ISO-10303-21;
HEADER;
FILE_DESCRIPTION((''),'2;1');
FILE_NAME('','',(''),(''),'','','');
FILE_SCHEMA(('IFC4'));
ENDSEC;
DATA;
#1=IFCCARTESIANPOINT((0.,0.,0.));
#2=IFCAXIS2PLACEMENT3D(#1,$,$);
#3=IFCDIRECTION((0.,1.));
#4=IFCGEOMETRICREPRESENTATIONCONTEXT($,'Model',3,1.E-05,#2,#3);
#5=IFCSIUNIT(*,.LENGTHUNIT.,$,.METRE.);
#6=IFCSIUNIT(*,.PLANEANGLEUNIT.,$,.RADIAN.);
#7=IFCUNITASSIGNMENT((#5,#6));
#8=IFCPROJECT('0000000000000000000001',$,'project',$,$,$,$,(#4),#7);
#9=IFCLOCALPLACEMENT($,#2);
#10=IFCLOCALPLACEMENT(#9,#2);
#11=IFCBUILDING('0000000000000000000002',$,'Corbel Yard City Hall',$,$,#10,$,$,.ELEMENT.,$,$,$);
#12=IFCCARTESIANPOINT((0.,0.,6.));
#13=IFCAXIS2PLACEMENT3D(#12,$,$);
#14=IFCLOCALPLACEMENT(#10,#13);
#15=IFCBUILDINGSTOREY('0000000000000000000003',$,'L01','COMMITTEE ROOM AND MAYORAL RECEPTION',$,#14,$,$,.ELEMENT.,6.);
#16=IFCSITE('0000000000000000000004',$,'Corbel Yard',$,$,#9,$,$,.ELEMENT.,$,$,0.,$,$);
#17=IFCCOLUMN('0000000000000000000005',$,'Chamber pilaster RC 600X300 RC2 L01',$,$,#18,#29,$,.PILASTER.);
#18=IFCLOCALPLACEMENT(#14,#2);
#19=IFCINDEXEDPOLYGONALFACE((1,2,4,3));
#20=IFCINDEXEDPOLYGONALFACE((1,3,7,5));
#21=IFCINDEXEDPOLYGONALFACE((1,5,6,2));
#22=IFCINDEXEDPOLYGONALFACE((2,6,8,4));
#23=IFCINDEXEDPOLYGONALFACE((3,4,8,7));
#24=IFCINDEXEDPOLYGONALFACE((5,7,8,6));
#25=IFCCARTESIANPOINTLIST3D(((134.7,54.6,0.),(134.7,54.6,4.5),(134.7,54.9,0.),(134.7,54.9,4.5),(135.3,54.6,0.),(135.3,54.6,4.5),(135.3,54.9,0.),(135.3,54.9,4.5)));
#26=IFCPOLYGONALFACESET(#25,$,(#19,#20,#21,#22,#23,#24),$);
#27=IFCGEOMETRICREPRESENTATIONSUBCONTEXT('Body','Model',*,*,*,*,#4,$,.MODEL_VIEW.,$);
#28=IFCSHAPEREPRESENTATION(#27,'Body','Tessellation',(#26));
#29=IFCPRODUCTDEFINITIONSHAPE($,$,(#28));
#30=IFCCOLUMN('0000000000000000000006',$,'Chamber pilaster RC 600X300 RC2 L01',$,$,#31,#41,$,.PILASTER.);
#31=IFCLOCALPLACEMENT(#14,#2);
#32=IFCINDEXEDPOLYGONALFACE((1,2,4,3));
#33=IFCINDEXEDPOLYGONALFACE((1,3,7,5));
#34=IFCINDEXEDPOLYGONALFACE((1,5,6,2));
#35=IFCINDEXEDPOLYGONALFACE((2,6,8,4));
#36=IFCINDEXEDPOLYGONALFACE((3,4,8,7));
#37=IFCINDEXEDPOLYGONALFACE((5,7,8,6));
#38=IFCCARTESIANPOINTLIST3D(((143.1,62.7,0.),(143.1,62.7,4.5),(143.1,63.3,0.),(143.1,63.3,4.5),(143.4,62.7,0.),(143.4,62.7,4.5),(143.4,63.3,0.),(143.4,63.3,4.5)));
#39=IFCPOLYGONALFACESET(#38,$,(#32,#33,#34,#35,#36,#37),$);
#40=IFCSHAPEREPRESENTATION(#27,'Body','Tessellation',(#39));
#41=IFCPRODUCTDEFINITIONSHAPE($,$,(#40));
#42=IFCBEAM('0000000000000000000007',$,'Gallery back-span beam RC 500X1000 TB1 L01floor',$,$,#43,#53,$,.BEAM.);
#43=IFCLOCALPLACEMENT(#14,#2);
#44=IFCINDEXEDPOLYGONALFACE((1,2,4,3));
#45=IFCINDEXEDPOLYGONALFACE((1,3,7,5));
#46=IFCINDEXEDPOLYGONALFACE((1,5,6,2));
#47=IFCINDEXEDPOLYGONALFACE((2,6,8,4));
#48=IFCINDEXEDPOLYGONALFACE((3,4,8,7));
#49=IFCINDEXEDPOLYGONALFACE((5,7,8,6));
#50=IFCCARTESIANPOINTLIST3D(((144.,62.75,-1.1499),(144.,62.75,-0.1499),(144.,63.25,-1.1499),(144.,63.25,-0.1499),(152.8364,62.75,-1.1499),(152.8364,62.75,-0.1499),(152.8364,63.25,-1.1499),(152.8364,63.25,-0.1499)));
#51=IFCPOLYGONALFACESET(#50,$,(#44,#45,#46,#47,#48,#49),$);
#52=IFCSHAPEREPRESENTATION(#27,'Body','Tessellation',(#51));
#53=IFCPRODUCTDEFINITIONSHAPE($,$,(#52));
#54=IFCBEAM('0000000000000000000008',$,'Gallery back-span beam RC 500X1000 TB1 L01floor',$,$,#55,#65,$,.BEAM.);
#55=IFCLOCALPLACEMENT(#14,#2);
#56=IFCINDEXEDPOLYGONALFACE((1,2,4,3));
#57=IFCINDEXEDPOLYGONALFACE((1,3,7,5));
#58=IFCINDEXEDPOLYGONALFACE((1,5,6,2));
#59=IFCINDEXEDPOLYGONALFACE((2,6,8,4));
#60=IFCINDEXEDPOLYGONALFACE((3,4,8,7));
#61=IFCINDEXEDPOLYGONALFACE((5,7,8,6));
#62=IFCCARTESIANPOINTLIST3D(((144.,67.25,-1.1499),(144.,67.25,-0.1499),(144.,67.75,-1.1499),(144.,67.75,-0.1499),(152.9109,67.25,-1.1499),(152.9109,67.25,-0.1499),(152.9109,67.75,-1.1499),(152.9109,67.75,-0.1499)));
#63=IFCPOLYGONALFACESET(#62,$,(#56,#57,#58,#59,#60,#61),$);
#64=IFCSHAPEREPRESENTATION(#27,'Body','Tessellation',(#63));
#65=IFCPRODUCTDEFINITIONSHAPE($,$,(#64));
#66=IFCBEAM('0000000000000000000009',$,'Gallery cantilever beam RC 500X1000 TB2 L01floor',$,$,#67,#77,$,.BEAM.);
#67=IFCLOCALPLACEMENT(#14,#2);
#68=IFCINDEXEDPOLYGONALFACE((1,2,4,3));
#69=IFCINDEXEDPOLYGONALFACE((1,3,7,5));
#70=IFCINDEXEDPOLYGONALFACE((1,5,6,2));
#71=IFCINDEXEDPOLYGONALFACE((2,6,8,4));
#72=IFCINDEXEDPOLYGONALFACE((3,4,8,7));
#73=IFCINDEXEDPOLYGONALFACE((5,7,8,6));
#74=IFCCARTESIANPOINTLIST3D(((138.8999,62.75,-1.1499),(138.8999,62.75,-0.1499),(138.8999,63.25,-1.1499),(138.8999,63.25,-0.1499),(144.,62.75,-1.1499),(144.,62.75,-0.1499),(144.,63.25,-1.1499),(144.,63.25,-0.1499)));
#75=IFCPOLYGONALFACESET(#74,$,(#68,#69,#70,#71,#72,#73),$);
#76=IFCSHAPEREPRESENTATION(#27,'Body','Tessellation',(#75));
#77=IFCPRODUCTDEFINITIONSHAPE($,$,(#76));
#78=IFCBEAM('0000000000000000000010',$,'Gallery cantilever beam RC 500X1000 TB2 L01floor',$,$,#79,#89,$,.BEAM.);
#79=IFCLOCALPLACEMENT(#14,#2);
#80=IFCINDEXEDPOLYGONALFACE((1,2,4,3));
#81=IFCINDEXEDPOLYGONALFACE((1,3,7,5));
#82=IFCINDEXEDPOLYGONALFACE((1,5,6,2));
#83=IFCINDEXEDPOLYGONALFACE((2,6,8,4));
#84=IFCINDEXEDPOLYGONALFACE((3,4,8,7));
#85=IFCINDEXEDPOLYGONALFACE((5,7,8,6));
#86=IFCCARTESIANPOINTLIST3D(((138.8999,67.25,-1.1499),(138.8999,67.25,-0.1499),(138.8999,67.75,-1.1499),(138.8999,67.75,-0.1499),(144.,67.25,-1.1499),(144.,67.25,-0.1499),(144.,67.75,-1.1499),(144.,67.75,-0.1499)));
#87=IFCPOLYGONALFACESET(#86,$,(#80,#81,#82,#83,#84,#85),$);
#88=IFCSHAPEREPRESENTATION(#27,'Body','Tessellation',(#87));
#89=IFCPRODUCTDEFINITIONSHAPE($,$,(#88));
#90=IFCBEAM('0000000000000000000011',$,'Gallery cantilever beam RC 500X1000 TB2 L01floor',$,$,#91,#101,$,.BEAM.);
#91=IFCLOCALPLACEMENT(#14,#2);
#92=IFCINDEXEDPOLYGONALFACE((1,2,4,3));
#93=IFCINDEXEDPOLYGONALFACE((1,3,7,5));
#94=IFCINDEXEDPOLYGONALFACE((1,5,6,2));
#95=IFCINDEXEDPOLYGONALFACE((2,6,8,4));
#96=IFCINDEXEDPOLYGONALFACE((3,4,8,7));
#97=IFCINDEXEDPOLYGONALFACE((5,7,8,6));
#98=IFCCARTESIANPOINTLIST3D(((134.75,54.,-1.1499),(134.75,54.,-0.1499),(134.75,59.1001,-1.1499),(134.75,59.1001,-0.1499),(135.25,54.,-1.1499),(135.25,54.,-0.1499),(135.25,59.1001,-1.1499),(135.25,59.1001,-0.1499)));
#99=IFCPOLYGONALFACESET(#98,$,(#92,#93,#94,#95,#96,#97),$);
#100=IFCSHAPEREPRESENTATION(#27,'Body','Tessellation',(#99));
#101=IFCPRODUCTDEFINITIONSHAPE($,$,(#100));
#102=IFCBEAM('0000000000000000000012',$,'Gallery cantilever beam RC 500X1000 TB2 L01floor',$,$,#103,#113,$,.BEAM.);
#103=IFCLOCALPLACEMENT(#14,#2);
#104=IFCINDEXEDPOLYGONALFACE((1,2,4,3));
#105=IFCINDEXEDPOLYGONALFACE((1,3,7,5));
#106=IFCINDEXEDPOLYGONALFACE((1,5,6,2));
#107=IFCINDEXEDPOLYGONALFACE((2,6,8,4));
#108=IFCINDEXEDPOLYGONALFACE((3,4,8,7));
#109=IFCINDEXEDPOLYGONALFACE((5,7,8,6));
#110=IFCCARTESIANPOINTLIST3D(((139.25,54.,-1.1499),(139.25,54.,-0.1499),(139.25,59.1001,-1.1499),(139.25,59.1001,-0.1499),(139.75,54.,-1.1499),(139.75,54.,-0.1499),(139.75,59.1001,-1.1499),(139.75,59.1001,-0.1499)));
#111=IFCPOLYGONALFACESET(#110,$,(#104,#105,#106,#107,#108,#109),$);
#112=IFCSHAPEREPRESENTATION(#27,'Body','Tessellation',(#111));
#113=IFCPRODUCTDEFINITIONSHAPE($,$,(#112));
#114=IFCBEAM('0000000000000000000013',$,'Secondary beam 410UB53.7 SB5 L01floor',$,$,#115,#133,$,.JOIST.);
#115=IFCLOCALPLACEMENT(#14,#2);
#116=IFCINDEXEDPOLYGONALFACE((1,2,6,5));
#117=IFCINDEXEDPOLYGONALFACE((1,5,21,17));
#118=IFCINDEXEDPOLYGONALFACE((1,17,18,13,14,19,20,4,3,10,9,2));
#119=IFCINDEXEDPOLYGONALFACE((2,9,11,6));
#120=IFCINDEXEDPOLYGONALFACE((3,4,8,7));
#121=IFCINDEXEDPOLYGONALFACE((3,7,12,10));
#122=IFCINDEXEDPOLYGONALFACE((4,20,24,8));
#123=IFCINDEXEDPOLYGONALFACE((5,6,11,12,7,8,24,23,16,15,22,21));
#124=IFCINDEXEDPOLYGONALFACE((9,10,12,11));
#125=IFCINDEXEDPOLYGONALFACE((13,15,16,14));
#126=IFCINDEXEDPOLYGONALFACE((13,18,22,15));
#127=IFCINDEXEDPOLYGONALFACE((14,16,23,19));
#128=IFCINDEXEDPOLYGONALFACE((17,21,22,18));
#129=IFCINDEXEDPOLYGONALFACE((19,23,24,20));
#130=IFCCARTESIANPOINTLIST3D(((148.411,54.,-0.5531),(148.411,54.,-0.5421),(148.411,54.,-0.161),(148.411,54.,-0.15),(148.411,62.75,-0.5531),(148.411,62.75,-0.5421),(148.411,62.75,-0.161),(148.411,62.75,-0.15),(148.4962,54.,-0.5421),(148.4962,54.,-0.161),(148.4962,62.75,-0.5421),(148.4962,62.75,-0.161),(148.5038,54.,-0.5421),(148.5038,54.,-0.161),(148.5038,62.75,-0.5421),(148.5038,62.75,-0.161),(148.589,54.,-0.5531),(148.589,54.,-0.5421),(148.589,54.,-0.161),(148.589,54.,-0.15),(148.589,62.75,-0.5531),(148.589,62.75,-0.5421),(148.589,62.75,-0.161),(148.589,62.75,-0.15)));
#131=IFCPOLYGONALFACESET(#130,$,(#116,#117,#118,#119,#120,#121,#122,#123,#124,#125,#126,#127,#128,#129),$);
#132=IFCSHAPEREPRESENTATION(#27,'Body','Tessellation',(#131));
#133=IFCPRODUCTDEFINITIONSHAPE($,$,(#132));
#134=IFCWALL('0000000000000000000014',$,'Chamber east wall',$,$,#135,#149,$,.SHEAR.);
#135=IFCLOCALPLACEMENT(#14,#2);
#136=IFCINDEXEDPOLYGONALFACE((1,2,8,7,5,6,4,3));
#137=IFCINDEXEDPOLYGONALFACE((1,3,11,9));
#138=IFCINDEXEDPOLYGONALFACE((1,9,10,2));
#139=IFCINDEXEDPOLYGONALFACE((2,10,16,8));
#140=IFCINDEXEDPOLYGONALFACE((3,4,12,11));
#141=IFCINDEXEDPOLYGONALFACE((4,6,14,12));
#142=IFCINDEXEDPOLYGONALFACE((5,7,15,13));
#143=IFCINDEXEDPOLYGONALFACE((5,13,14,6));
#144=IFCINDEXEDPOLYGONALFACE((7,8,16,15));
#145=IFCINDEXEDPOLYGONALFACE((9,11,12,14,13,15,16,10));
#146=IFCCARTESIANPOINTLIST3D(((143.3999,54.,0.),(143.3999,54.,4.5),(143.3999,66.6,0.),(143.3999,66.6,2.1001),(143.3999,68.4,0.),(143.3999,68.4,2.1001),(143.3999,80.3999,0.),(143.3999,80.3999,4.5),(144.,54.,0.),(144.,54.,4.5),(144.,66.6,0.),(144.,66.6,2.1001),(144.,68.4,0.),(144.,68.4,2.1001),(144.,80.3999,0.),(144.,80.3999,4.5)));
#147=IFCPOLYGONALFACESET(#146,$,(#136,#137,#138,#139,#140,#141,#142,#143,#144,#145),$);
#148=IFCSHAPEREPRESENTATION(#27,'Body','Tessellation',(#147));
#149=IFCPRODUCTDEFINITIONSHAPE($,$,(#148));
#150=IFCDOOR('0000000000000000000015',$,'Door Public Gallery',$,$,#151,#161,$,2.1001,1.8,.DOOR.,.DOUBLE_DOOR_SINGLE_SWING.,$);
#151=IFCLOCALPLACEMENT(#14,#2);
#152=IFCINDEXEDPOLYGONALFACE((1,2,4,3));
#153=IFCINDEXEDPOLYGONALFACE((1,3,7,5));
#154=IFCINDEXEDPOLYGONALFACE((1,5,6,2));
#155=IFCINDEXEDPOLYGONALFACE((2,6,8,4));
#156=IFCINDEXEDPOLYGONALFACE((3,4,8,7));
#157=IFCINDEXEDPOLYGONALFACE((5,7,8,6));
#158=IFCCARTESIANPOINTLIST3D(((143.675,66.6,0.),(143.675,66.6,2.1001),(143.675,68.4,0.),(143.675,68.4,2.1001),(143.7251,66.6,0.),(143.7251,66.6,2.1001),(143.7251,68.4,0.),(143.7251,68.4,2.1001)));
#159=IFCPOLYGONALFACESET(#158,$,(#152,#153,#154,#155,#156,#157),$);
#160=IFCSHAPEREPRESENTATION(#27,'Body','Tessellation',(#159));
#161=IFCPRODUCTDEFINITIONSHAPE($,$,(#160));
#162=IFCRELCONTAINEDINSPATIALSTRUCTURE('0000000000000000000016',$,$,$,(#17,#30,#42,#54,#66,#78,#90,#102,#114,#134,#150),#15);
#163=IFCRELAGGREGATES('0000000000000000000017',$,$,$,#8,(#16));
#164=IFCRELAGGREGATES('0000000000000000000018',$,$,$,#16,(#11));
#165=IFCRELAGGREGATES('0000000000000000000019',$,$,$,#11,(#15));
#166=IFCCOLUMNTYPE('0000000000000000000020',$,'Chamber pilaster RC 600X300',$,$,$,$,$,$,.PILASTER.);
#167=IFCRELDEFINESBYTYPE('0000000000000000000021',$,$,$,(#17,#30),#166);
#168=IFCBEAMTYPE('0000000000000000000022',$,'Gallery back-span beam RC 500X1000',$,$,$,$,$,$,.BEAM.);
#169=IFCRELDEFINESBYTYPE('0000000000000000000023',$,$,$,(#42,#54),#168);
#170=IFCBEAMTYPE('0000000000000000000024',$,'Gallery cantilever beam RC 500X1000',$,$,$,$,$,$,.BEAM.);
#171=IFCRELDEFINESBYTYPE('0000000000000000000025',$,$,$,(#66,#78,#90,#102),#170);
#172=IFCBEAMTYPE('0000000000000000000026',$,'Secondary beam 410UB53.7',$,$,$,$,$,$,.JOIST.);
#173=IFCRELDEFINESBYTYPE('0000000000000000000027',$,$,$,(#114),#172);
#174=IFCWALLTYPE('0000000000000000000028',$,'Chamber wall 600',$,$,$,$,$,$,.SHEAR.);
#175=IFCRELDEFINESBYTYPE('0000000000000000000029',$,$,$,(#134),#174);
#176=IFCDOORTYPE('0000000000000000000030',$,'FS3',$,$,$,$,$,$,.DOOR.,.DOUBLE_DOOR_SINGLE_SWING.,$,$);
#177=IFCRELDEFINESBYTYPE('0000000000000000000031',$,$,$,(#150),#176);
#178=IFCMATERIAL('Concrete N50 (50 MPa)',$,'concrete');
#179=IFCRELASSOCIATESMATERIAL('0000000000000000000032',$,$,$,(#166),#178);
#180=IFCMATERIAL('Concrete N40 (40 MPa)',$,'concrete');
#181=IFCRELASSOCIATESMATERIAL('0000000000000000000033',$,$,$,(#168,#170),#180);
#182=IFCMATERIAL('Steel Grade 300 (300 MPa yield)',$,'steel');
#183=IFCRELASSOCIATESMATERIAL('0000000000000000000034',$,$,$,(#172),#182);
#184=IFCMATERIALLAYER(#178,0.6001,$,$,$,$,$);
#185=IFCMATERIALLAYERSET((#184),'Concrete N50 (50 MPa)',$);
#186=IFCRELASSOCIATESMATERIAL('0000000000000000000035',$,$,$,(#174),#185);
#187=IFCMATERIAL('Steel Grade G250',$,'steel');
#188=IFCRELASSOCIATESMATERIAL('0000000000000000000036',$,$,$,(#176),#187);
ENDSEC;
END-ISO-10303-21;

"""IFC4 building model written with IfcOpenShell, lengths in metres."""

from ifc_helpers import new_model, si_unit, direction, frame, frame_2d, origin, origin_2d, place, context, subcontext, project, spatial, rectangle, i_section, extrude, material, layer, layer_set, material_profile, profile_set, type_object, element, fill, save


model = new_model("IFC4")

# Units and contexts
model_context = context("Model", 3, precision=1e-05, world=origin(), true_north=direction((0.0, 1.0)))
body_context = subcontext(model_context, "Body", "Model", "MODEL_VIEW")
ifc_project = project(units=[si_unit("LENGTHUNIT", "METRE"), si_unit("PLANEANGLEUNIT", "RADIAN")], contexts=[model_context])

# Site, building, storey
site_placement = place(None, origin())
site = spatial("IfcSite", under=ifc_project, at=site_placement, Name="Corbel Yard", CompositionType="ELEMENT", RefElevation=0.0)
building_placement = place(site_placement, origin())
building = spatial("IfcBuilding", under=site, at=building_placement, Name="Corbel Yard City Hall", CompositionType="ELEMENT")
storey_placement = place(building_placement, frame((0.0, 0.0, 6.0)))
storey = spatial("IfcBuildingStorey", under=building, at=storey_placement, Name="L01", Description="COMMITTEE ROOM AND MAYORAL RECEPTION", CompositionType="ELEMENT", Elevation=6.0)

# Columns
ifc_material_1 = material(Name="Concrete N50 (50 MPa)", Category="concrete")
ifc_material_profile_1 = material_profile(ifc_material_1, rectangle(XDim=0.6001, YDim=0.3, at=origin_2d()), Name="600x300")
ifc_profile_set_1 = profile_set([ifc_material_profile_1], Name="Concrete N50 (50 MPa)")
column_type = type_object("IfcColumnType", Name="Chamber pilaster RC 600X300", PredefinedType="PILASTER", material=ifc_profile_set_1)
for number, where, z_axis, x_axis, name in (
    (1, (135.0, 54.75, 0.0), (0.0, 0.0, 1.0), (1.0, 0.0, 0.0), "Chamber pilaster RC 600X300 RC2 L01"),
    (2, (143.25, 63.0, 0.0), (0.0, 0.0, 1.0), (0.0, 1.0, 0.0), "Chamber pilaster RC 600X300 RC2 L01"),
):
    element("IfcColumn", number, at=place(storey_placement, frame(where, z_axis=z_axis, x_axis=x_axis)), inside=storey, type_object=column_type, Name=name, PredefinedType="PILASTER", context=body_context, shape_type="SweptSolid", body=[
        extrude(rectangle(XDim=0.6001, YDim=0.3, at=origin_2d()), origin(), (0.0, 0.0, 1.0), 4.5),
    ])

# Beams
ifc_material_2 = material(Name="Concrete N40 (40 MPa)", Category="concrete")
ifc_material_profile_2 = material_profile(ifc_material_2, rectangle(XDim=0.5, YDim=1.0, at=origin_2d()), Name="500x1000")
ifc_profile_set_2 = profile_set([ifc_material_profile_2], Name="Concrete N40 (40 MPa)")
beam_type_1 = type_object("IfcBeamType", Name="Gallery back-span beam RC 500X1000", PredefinedType="BEAM", material=ifc_profile_set_2)
beam_1_placement = place(storey_placement, frame((144.0, 63.0, -0.6499), z_axis=(1.0, 0.0, 0.0), x_axis=(0.0, 1.0, 0.0)))
element("IfcBeam", 3, at=beam_1_placement, inside=storey, type_object=beam_type_1, Name="Gallery back-span beam RC 500X1000 TB1 L01floor", PredefinedType="BEAM", context=body_context, shape_type="SweptSolid", body=[
    extrude(rectangle(XDim=0.5, YDim=1.0, at=origin_2d()), origin(), (0.0, 0.0, 1.0), 8.8364),
])
beam_2_placement = place(storey_placement, frame((144.0, 67.5, -0.6499), z_axis=(1.0, 0.0, 0.0), x_axis=(0.0, 1.0, 0.0)))
element("IfcBeam", 4, at=beam_2_placement, inside=storey, type_object=beam_type_1, Name="Gallery back-span beam RC 500X1000 TB1 L01floor", PredefinedType="BEAM", context=body_context, shape_type="SweptSolid", body=[
    extrude(rectangle(XDim=0.5, YDim=1.0, at=origin_2d()), origin(), (0.0, 0.0, 1.0), 8.9109),
])
ifc_material_profile_3 = material_profile(ifc_material_2, rectangle(XDim=0.5, YDim=1.0, at=origin_2d()), Name="500x1000")
ifc_profile_set_3 = profile_set([ifc_material_profile_3], Name="Concrete N40 (40 MPa)")
beam_type_2 = type_object("IfcBeamType", Name="Gallery cantilever beam RC 500X1000", PredefinedType="BEAM", material=ifc_profile_set_3)
for number, where, z_axis, x_axis, name in (
    (5, (138.8999, 63.0, -0.6499), (1.0, 0.0, 0.0), (0.0, 1.0, 0.0), "Gallery cantilever beam RC 500X1000 TB2 L01floor"),
    (6, (138.8999, 67.5, -0.6499), (1.0, 0.0, 0.0), (0.0, 1.0, 0.0), "Gallery cantilever beam RC 500X1000 TB2 L01floor"),
    (7, (135.0, 54.0, -0.6499), (0.0, 1.0, 0.0), (-1.0, 0.0, 0.0), "Gallery cantilever beam RC 500X1000 TB2 L01floor"),
    (8, (139.5, 54.0, -0.6499), (0.0, 1.0, 0.0), (-1.0, 0.0, 0.0), "Gallery cantilever beam RC 500X1000 TB2 L01floor"),
):
    element("IfcBeam", number, at=place(storey_placement, frame(where, z_axis=z_axis, x_axis=x_axis)), inside=storey, type_object=beam_type_2, Name=name, PredefinedType="BEAM", context=body_context, shape_type="SweptSolid", body=[
        extrude(rectangle(XDim=0.5, YDim=1.0, at=origin_2d()), origin(), (0.0, 0.0, 1.0), 5.1001),
    ])
ifc_material_3 = material(Name="Steel Grade 300 (300 MPa yield)", Category="steel")
ifc_material_profile_4 = material_profile(ifc_material_3, i_section(OverallWidth=0.178, OverallDepth=0.4031, WebThickness=0.0076, FlangeThickness=0.011, at=origin_2d()), Name="410UB53.7")
ifc_profile_set_4 = profile_set([ifc_material_profile_4], Name="Steel Grade 300 (300 MPa yield)")
beam_type_3 = type_object("IfcBeamType", Name="Secondary beam 410UB53.7", PredefinedType="JOIST", material=ifc_profile_set_4)
beam_3_placement = place(storey_placement, frame((148.5, 54.0, -0.3516), z_axis=(0.0, 1.0, 0.0), x_axis=(-1.0, 0.0, 0.0)))
element("IfcBeam", 9, at=beam_3_placement, inside=storey, type_object=beam_type_3, Name="Secondary beam 410UB53.7 SB5 L01floor", PredefinedType="JOIST", context=body_context, shape_type="SweptSolid", body=[
    extrude(i_section(OverallWidth=0.178, OverallDepth=0.4031, WebThickness=0.0076, FlangeThickness=0.011, at=origin_2d()), origin(), (0.0, 0.0, 1.0), 8.75),
])

# Wall, opening, door
ifc_layer_1 = layer(ifc_material_1, 0.6001)
ifc_layer_set_1 = layer_set([ifc_layer_1], Name="Concrete N50 (50 MPa)")
wall_type_1 = type_object("IfcWallType", Name="Chamber wall 600", PredefinedType="SHEAR", material=ifc_layer_set_1)
wall_1_placement = place(storey_placement, frame((143.7, 54.0, 0.0), z_axis=(0.0, 0.0, 1.0), x_axis=(0.0, 1.0, 0.0)))
wall_1 = element("IfcWall", 10, at=wall_1_placement, inside=storey, type_object=wall_type_1, Name="Chamber east wall", PredefinedType="SHEAR", context=body_context, shape_type="SweptSolid", body=[
    extrude(rectangle(XDim=26.3999, YDim=0.6001, at=frame_2d((13.2, 0.0))), origin(), (0.0, 0.0, 1.0), 4.5),
])
opening_1_placement = place(wall_1_placement, frame((12.6001, 0.0, 0.0)))
opening_1 = element("IfcOpeningElement", 11, at=opening_1_placement, cuts=wall_1, PredefinedType="OPENING", context=body_context, shape_type="SweptSolid", body=[
    extrude(rectangle(XDim=1.8, YDim=2.1001, at=frame_2d((0.8999, 1.05))), frame((0.0, 0.3101, 0.0), z_axis=(0.0, -1.0, 0.0), x_axis=(1.0, 0.0, 0.0)), (0.0, 0.0, 1.0), 0.6201),
])
ifc_material_4 = material(Name="Steel Grade G250", Category="steel")
door_type_1 = type_object("IfcDoorType", Name="FS3", OperationType="DOUBLE_DOOR_SINGLE_SWING", PredefinedType="DOOR", material=ifc_material_4)
door_1_placement = place(opening_1_placement, origin())
door_1 = element("IfcDoor", 12, at=door_1_placement, inside=storey, type_object=door_type_1, Name="Door Public Gallery", OperationType="DOUBLE_DOOR_SINGLE_SWING", OverallHeight=2.1001, OverallWidth=1.8, PredefinedType="DOOR", context=body_context, shape_type="SweptSolid", body=[
    extrude(rectangle(XDim=1.8, YDim=2.1001, at=frame_2d((0.8999, 1.05))), frame((0.0, 0.0249, 0.0), z_axis=(0.0, -1.0, 0.0), x_axis=(1.0, 0.0, 0.0)), (0.0, 0.0, 1.0), 0.05),
])
fill(opening_1, door_1)

save(model, "model.ifc")
